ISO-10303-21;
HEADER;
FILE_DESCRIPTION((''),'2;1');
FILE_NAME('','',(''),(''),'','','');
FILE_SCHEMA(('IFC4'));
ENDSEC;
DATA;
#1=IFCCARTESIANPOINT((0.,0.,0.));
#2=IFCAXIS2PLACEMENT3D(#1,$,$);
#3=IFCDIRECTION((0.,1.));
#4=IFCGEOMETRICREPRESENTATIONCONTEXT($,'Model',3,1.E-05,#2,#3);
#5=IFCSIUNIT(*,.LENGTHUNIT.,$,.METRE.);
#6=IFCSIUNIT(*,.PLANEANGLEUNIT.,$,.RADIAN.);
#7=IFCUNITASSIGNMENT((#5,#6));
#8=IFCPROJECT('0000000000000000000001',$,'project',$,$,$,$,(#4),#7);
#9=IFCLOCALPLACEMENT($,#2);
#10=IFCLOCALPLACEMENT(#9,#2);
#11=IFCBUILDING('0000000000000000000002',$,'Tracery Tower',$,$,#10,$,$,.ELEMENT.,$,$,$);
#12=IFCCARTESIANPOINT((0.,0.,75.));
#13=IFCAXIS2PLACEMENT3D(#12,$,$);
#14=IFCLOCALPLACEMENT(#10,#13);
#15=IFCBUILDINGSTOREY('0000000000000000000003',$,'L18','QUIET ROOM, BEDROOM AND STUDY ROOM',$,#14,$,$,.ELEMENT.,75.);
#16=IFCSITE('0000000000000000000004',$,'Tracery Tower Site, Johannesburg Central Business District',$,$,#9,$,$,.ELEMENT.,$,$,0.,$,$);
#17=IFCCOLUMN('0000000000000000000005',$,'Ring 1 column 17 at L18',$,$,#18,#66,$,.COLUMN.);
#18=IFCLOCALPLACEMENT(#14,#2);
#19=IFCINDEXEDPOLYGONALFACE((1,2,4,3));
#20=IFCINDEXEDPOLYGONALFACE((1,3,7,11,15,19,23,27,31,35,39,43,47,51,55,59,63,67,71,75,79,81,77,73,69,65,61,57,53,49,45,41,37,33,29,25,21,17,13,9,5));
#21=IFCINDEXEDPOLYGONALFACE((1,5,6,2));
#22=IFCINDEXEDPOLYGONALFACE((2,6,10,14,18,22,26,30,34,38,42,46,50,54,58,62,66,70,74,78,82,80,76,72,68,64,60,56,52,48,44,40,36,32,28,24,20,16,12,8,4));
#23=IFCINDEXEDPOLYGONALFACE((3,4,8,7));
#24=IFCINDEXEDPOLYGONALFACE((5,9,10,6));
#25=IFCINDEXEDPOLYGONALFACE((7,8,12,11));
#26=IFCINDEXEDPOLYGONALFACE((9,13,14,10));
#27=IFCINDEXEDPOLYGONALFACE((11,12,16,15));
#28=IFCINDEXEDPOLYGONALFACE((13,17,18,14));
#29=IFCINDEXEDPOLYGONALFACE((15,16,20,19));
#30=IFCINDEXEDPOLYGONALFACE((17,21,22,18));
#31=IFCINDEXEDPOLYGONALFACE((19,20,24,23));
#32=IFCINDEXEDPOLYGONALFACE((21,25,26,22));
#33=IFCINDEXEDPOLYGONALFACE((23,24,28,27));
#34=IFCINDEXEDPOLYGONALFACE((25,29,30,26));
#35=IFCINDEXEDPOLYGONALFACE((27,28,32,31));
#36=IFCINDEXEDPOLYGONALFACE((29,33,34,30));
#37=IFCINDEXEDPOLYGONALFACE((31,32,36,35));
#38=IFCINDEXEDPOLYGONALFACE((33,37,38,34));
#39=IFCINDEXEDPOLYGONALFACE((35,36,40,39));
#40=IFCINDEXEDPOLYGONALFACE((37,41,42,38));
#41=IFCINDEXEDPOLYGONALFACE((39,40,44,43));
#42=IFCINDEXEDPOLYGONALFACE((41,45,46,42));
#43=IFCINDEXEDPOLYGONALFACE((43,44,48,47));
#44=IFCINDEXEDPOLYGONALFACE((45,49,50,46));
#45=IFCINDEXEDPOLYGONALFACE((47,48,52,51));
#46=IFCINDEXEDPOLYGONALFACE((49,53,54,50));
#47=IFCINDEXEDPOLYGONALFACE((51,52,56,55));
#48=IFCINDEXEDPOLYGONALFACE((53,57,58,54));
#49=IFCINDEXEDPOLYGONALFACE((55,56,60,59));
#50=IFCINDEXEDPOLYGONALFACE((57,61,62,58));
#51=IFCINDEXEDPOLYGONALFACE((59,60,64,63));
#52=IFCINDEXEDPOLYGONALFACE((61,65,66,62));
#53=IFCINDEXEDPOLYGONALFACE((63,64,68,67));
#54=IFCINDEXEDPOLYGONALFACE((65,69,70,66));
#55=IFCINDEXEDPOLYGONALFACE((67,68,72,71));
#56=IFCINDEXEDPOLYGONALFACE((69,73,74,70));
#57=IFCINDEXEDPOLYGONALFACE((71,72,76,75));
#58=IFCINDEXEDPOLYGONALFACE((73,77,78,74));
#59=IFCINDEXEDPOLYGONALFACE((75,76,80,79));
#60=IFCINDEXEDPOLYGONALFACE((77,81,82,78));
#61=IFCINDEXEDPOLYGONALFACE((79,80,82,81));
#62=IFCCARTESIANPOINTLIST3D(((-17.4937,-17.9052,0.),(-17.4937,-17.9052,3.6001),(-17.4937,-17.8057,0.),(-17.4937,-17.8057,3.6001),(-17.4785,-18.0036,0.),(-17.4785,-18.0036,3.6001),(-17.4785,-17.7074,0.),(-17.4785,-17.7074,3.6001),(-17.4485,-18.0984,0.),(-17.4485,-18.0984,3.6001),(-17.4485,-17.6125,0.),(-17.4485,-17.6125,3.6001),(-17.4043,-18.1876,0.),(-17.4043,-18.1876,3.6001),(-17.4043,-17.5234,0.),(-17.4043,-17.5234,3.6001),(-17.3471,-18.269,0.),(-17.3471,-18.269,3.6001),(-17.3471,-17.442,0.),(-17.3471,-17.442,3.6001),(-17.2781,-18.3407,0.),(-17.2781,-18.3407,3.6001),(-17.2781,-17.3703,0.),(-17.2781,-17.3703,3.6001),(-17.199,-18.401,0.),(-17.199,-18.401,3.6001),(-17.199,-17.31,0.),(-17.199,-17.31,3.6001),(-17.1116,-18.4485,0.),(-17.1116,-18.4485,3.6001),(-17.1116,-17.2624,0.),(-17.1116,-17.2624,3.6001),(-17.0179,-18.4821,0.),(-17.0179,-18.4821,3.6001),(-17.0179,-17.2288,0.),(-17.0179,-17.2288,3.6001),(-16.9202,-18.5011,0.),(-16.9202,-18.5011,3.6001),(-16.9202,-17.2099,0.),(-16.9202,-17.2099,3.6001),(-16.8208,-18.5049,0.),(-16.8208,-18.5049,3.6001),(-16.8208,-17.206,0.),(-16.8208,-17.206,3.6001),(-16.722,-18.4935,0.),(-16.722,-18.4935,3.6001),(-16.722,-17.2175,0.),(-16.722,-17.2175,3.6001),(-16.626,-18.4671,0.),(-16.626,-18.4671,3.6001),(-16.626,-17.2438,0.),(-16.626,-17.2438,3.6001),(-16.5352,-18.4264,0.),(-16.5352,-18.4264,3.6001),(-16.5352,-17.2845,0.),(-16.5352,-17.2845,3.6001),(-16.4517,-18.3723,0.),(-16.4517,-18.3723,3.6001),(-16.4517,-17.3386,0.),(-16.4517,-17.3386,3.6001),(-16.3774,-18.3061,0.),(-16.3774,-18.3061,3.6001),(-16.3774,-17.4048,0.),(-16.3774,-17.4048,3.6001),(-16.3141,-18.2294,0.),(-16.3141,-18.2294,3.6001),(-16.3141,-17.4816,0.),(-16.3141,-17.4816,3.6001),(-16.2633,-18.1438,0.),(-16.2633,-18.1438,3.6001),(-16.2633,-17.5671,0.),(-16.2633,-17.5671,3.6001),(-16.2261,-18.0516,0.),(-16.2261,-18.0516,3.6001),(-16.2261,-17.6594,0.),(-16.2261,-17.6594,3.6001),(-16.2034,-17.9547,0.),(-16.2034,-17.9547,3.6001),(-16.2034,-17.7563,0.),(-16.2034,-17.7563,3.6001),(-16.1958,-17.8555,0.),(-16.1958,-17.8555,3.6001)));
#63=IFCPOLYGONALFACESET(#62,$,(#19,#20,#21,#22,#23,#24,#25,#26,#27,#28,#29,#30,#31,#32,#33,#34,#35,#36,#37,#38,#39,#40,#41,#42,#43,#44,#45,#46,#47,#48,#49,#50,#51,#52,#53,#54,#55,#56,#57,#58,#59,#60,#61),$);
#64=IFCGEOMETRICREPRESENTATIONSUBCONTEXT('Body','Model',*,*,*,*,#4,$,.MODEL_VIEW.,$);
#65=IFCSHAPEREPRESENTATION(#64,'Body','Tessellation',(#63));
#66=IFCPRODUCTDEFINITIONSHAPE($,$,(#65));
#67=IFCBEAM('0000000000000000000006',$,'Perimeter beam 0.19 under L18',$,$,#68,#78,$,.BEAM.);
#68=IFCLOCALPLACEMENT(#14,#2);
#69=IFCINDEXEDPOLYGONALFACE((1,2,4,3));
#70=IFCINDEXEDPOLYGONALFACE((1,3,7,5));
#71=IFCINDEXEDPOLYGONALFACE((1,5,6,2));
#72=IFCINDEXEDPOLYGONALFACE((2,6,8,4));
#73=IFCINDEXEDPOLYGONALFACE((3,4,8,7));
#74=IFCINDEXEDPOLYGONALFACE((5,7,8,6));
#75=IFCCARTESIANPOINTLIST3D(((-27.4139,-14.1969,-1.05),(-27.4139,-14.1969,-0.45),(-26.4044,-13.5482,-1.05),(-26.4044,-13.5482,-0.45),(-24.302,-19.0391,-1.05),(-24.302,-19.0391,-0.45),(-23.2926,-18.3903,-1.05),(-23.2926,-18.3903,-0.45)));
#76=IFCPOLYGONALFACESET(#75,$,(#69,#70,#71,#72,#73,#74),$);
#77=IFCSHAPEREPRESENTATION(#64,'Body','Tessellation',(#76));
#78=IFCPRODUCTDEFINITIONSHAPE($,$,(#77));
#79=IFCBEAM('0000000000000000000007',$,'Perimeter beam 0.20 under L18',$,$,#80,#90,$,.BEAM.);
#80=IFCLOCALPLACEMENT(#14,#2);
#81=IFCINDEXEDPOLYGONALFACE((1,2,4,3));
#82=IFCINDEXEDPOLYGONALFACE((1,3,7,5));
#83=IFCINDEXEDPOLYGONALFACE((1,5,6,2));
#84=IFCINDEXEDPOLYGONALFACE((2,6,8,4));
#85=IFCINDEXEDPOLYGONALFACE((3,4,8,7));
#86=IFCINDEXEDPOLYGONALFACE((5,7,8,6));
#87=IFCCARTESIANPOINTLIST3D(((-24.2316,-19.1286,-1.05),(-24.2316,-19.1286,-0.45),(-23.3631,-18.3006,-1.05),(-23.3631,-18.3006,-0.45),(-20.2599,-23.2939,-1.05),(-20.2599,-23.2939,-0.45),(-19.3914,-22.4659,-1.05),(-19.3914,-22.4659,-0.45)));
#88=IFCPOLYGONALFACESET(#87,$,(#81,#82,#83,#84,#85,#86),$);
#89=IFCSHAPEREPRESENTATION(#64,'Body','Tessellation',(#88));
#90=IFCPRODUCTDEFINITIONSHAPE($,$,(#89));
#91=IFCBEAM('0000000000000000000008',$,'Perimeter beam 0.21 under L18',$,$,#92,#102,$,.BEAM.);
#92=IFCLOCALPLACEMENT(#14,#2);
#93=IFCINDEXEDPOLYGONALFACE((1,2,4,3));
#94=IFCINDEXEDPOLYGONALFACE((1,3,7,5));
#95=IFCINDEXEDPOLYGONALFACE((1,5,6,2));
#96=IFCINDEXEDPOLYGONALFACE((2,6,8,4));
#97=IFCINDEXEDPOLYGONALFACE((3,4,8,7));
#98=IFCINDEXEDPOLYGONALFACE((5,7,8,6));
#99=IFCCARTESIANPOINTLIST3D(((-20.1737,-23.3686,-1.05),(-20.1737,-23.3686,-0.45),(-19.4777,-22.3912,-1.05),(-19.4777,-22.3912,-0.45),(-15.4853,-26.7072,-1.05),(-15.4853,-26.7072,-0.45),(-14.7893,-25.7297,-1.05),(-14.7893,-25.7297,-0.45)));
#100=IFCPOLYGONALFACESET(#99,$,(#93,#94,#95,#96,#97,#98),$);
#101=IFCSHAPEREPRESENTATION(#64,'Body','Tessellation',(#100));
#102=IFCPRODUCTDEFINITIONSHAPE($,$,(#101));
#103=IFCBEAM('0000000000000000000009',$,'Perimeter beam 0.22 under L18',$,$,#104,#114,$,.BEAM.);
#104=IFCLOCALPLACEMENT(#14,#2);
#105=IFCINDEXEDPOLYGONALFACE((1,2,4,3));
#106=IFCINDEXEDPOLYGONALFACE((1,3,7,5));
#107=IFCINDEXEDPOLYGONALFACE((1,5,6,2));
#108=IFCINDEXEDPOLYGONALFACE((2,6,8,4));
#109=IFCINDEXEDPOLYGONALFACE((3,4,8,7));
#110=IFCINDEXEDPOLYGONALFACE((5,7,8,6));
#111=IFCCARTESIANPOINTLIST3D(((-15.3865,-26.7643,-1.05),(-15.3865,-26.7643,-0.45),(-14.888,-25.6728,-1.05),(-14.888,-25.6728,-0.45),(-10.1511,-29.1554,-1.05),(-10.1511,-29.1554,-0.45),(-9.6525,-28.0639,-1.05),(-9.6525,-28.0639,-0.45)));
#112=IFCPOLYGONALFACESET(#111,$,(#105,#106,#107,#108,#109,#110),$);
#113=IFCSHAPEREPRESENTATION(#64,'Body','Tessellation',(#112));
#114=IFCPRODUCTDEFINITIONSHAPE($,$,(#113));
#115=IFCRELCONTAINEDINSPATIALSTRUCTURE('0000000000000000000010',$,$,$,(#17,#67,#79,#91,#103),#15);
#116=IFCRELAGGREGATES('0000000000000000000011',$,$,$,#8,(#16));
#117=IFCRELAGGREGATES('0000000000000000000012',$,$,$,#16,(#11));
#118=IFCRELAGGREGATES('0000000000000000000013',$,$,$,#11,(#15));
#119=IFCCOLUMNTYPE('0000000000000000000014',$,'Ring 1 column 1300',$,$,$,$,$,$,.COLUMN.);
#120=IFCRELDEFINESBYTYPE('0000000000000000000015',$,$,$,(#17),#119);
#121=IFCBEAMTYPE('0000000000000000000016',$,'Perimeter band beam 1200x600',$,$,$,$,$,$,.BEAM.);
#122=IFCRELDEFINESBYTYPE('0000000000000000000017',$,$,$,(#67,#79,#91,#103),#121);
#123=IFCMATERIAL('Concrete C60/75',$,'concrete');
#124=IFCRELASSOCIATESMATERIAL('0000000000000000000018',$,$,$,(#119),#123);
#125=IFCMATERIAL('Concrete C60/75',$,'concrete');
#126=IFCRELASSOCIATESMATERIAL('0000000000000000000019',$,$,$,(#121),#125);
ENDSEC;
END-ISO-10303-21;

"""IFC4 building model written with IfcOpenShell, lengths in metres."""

from ifc_helpers import new_model, si_unit, direction, frame, origin, origin_2d, place, context, subcontext, project, spatial, rectangle, circle, extrude, material, material_profile, profile_set, type_object, element, save


model = new_model("IFC4")

# Units and contexts
model_context = context("Model", 3, precision=1e-05, world=origin(), true_north=direction((0.0, 1.0)))
body_context = subcontext(model_context, "Body", "Model", "MODEL_VIEW")
ifc_project = project(units=[si_unit("LENGTHUNIT", "METRE"), si_unit("PLANEANGLEUNIT", "RADIAN")], contexts=[model_context])

# Site, building, storey
site_placement = place(None, origin())
site = spatial("IfcSite", under=ifc_project, at=site_placement, Name="Tracery Tower Site, Johannesburg Central Business District", CompositionType="ELEMENT", RefElevation=0.0)
building_placement = place(site_placement, origin())
building = spatial("IfcBuilding", under=site, at=building_placement, Name="Tracery Tower", CompositionType="ELEMENT")
storey_placement = place(building_placement, frame((0.0, 0.0, 75.0)))
storey = spatial("IfcBuildingStorey", under=building, at=storey_placement, Name="L18", Description="QUIET ROOM, BEDROOM AND STUDY ROOM", CompositionType="ELEMENT", Elevation=75.0)

# Column
ifc_material_1 = material(Name="Concrete C60/75", Category="concrete")
ifc_material_profile_1 = material_profile(ifc_material_1, circle(Radius=0.6499, at=origin_2d()), Name="RC D1300")
ifc_profile_set_1 = profile_set([ifc_material_profile_1], Name="Concrete C60/75")
column_type_1 = type_object("IfcColumnType", Name="Ring 1 column 1300", PredefinedType="COLUMN", material=ifc_profile_set_1)
column_placement = place(storey_placement, frame((-16.8457, -17.8555, 0.0), z_axis=(0.0, 0.0, 1.0), x_axis=(1.0, 0.0, 0.0)))
element("IfcColumn", 1, at=column_placement, inside=storey, type_object=column_type_1, Name="Ring 1 column 17 at L18", PredefinedType="COLUMN", context=body_context, shape_type="SweptSolid", body=[
    extrude(circle(Radius=0.6499, at=origin_2d()), origin(), (0.0, 0.0, 1.0), 3.6001),
])

# Beams
ifc_material_2 = material(Name="Concrete C60/75", Category="concrete")
ifc_material_profile_2 = material_profile(ifc_material_2, rectangle(XDim=1.2, YDim=0.6001, at=origin_2d()), Name="RC 1200x600")
ifc_profile_set_2 = profile_set([ifc_material_profile_2], Name="Concrete C60/75")
beam_type = type_object("IfcBeamType", Name="Perimeter band beam 1200x600", PredefinedType="BEAM", material=ifc_profile_set_2)
beam_1_placement = place(storey_placement, frame((-26.9092, -13.8726, -0.75), z_axis=(0.540644, -0.841252, 0.0), x_axis=(0.841252, 0.540644, 0.0)))
element("IfcBeam", 2, at=beam_1_placement, inside=storey, type_object=beam_type, Name="Perimeter beam 0.19 under L18", PredefinedType="BEAM", context=body_context, shape_type="SweptSolid", body=[
    extrude(rectangle(XDim=1.2, YDim=0.6001, at=origin_2d()), origin(), (0.0, 0.0, 1.0), 5.7559),
])
beam_2_placement = place(storey_placement, frame((-23.7974, -18.7146, -0.75), z_axis=(0.690087, -0.723726, 0.0), x_axis=(0.723726, 0.690087, 0.0)))
element("IfcBeam", 3, at=beam_2_placement, inside=storey, type_object=beam_type, Name="Perimeter beam 0.20 under L18", PredefinedType="BEAM", context=body_context, shape_type="SweptSolid", body=[
    extrude(rectangle(XDim=1.2, YDim=0.6001, at=origin_2d()), origin(), (0.0, 0.0, 1.0), 5.7554),
])
for number, where, z_axis, x_axis, name in (
    (4, (-19.8257, -22.8799, -0.75), (0.814578, -0.580054, 0.0), (0.580054, 0.814578, 0.0), "Perimeter beam 0.21 under L18"),
    (5, (-15.1372, -26.2185, -0.75), (0.909618, -0.415445, 0.0), (0.415445, 0.909618, 0.0), "Perimeter beam 0.22 under L18"),
):
    element("IfcBeam", number, at=place(storey_placement, frame(where, z_axis=z_axis, x_axis=x_axis)), inside=storey, type_object=beam_type, Name=name, PredefinedType="BEAM", context=body_context, shape_type="SweptSolid", body=[
        extrude(rectangle(XDim=1.2, YDim=0.6001, at=origin_2d()), origin(), (0.0, 0.0, 1.0), 5.7556),
    ])

save(model, "model.ifc")
